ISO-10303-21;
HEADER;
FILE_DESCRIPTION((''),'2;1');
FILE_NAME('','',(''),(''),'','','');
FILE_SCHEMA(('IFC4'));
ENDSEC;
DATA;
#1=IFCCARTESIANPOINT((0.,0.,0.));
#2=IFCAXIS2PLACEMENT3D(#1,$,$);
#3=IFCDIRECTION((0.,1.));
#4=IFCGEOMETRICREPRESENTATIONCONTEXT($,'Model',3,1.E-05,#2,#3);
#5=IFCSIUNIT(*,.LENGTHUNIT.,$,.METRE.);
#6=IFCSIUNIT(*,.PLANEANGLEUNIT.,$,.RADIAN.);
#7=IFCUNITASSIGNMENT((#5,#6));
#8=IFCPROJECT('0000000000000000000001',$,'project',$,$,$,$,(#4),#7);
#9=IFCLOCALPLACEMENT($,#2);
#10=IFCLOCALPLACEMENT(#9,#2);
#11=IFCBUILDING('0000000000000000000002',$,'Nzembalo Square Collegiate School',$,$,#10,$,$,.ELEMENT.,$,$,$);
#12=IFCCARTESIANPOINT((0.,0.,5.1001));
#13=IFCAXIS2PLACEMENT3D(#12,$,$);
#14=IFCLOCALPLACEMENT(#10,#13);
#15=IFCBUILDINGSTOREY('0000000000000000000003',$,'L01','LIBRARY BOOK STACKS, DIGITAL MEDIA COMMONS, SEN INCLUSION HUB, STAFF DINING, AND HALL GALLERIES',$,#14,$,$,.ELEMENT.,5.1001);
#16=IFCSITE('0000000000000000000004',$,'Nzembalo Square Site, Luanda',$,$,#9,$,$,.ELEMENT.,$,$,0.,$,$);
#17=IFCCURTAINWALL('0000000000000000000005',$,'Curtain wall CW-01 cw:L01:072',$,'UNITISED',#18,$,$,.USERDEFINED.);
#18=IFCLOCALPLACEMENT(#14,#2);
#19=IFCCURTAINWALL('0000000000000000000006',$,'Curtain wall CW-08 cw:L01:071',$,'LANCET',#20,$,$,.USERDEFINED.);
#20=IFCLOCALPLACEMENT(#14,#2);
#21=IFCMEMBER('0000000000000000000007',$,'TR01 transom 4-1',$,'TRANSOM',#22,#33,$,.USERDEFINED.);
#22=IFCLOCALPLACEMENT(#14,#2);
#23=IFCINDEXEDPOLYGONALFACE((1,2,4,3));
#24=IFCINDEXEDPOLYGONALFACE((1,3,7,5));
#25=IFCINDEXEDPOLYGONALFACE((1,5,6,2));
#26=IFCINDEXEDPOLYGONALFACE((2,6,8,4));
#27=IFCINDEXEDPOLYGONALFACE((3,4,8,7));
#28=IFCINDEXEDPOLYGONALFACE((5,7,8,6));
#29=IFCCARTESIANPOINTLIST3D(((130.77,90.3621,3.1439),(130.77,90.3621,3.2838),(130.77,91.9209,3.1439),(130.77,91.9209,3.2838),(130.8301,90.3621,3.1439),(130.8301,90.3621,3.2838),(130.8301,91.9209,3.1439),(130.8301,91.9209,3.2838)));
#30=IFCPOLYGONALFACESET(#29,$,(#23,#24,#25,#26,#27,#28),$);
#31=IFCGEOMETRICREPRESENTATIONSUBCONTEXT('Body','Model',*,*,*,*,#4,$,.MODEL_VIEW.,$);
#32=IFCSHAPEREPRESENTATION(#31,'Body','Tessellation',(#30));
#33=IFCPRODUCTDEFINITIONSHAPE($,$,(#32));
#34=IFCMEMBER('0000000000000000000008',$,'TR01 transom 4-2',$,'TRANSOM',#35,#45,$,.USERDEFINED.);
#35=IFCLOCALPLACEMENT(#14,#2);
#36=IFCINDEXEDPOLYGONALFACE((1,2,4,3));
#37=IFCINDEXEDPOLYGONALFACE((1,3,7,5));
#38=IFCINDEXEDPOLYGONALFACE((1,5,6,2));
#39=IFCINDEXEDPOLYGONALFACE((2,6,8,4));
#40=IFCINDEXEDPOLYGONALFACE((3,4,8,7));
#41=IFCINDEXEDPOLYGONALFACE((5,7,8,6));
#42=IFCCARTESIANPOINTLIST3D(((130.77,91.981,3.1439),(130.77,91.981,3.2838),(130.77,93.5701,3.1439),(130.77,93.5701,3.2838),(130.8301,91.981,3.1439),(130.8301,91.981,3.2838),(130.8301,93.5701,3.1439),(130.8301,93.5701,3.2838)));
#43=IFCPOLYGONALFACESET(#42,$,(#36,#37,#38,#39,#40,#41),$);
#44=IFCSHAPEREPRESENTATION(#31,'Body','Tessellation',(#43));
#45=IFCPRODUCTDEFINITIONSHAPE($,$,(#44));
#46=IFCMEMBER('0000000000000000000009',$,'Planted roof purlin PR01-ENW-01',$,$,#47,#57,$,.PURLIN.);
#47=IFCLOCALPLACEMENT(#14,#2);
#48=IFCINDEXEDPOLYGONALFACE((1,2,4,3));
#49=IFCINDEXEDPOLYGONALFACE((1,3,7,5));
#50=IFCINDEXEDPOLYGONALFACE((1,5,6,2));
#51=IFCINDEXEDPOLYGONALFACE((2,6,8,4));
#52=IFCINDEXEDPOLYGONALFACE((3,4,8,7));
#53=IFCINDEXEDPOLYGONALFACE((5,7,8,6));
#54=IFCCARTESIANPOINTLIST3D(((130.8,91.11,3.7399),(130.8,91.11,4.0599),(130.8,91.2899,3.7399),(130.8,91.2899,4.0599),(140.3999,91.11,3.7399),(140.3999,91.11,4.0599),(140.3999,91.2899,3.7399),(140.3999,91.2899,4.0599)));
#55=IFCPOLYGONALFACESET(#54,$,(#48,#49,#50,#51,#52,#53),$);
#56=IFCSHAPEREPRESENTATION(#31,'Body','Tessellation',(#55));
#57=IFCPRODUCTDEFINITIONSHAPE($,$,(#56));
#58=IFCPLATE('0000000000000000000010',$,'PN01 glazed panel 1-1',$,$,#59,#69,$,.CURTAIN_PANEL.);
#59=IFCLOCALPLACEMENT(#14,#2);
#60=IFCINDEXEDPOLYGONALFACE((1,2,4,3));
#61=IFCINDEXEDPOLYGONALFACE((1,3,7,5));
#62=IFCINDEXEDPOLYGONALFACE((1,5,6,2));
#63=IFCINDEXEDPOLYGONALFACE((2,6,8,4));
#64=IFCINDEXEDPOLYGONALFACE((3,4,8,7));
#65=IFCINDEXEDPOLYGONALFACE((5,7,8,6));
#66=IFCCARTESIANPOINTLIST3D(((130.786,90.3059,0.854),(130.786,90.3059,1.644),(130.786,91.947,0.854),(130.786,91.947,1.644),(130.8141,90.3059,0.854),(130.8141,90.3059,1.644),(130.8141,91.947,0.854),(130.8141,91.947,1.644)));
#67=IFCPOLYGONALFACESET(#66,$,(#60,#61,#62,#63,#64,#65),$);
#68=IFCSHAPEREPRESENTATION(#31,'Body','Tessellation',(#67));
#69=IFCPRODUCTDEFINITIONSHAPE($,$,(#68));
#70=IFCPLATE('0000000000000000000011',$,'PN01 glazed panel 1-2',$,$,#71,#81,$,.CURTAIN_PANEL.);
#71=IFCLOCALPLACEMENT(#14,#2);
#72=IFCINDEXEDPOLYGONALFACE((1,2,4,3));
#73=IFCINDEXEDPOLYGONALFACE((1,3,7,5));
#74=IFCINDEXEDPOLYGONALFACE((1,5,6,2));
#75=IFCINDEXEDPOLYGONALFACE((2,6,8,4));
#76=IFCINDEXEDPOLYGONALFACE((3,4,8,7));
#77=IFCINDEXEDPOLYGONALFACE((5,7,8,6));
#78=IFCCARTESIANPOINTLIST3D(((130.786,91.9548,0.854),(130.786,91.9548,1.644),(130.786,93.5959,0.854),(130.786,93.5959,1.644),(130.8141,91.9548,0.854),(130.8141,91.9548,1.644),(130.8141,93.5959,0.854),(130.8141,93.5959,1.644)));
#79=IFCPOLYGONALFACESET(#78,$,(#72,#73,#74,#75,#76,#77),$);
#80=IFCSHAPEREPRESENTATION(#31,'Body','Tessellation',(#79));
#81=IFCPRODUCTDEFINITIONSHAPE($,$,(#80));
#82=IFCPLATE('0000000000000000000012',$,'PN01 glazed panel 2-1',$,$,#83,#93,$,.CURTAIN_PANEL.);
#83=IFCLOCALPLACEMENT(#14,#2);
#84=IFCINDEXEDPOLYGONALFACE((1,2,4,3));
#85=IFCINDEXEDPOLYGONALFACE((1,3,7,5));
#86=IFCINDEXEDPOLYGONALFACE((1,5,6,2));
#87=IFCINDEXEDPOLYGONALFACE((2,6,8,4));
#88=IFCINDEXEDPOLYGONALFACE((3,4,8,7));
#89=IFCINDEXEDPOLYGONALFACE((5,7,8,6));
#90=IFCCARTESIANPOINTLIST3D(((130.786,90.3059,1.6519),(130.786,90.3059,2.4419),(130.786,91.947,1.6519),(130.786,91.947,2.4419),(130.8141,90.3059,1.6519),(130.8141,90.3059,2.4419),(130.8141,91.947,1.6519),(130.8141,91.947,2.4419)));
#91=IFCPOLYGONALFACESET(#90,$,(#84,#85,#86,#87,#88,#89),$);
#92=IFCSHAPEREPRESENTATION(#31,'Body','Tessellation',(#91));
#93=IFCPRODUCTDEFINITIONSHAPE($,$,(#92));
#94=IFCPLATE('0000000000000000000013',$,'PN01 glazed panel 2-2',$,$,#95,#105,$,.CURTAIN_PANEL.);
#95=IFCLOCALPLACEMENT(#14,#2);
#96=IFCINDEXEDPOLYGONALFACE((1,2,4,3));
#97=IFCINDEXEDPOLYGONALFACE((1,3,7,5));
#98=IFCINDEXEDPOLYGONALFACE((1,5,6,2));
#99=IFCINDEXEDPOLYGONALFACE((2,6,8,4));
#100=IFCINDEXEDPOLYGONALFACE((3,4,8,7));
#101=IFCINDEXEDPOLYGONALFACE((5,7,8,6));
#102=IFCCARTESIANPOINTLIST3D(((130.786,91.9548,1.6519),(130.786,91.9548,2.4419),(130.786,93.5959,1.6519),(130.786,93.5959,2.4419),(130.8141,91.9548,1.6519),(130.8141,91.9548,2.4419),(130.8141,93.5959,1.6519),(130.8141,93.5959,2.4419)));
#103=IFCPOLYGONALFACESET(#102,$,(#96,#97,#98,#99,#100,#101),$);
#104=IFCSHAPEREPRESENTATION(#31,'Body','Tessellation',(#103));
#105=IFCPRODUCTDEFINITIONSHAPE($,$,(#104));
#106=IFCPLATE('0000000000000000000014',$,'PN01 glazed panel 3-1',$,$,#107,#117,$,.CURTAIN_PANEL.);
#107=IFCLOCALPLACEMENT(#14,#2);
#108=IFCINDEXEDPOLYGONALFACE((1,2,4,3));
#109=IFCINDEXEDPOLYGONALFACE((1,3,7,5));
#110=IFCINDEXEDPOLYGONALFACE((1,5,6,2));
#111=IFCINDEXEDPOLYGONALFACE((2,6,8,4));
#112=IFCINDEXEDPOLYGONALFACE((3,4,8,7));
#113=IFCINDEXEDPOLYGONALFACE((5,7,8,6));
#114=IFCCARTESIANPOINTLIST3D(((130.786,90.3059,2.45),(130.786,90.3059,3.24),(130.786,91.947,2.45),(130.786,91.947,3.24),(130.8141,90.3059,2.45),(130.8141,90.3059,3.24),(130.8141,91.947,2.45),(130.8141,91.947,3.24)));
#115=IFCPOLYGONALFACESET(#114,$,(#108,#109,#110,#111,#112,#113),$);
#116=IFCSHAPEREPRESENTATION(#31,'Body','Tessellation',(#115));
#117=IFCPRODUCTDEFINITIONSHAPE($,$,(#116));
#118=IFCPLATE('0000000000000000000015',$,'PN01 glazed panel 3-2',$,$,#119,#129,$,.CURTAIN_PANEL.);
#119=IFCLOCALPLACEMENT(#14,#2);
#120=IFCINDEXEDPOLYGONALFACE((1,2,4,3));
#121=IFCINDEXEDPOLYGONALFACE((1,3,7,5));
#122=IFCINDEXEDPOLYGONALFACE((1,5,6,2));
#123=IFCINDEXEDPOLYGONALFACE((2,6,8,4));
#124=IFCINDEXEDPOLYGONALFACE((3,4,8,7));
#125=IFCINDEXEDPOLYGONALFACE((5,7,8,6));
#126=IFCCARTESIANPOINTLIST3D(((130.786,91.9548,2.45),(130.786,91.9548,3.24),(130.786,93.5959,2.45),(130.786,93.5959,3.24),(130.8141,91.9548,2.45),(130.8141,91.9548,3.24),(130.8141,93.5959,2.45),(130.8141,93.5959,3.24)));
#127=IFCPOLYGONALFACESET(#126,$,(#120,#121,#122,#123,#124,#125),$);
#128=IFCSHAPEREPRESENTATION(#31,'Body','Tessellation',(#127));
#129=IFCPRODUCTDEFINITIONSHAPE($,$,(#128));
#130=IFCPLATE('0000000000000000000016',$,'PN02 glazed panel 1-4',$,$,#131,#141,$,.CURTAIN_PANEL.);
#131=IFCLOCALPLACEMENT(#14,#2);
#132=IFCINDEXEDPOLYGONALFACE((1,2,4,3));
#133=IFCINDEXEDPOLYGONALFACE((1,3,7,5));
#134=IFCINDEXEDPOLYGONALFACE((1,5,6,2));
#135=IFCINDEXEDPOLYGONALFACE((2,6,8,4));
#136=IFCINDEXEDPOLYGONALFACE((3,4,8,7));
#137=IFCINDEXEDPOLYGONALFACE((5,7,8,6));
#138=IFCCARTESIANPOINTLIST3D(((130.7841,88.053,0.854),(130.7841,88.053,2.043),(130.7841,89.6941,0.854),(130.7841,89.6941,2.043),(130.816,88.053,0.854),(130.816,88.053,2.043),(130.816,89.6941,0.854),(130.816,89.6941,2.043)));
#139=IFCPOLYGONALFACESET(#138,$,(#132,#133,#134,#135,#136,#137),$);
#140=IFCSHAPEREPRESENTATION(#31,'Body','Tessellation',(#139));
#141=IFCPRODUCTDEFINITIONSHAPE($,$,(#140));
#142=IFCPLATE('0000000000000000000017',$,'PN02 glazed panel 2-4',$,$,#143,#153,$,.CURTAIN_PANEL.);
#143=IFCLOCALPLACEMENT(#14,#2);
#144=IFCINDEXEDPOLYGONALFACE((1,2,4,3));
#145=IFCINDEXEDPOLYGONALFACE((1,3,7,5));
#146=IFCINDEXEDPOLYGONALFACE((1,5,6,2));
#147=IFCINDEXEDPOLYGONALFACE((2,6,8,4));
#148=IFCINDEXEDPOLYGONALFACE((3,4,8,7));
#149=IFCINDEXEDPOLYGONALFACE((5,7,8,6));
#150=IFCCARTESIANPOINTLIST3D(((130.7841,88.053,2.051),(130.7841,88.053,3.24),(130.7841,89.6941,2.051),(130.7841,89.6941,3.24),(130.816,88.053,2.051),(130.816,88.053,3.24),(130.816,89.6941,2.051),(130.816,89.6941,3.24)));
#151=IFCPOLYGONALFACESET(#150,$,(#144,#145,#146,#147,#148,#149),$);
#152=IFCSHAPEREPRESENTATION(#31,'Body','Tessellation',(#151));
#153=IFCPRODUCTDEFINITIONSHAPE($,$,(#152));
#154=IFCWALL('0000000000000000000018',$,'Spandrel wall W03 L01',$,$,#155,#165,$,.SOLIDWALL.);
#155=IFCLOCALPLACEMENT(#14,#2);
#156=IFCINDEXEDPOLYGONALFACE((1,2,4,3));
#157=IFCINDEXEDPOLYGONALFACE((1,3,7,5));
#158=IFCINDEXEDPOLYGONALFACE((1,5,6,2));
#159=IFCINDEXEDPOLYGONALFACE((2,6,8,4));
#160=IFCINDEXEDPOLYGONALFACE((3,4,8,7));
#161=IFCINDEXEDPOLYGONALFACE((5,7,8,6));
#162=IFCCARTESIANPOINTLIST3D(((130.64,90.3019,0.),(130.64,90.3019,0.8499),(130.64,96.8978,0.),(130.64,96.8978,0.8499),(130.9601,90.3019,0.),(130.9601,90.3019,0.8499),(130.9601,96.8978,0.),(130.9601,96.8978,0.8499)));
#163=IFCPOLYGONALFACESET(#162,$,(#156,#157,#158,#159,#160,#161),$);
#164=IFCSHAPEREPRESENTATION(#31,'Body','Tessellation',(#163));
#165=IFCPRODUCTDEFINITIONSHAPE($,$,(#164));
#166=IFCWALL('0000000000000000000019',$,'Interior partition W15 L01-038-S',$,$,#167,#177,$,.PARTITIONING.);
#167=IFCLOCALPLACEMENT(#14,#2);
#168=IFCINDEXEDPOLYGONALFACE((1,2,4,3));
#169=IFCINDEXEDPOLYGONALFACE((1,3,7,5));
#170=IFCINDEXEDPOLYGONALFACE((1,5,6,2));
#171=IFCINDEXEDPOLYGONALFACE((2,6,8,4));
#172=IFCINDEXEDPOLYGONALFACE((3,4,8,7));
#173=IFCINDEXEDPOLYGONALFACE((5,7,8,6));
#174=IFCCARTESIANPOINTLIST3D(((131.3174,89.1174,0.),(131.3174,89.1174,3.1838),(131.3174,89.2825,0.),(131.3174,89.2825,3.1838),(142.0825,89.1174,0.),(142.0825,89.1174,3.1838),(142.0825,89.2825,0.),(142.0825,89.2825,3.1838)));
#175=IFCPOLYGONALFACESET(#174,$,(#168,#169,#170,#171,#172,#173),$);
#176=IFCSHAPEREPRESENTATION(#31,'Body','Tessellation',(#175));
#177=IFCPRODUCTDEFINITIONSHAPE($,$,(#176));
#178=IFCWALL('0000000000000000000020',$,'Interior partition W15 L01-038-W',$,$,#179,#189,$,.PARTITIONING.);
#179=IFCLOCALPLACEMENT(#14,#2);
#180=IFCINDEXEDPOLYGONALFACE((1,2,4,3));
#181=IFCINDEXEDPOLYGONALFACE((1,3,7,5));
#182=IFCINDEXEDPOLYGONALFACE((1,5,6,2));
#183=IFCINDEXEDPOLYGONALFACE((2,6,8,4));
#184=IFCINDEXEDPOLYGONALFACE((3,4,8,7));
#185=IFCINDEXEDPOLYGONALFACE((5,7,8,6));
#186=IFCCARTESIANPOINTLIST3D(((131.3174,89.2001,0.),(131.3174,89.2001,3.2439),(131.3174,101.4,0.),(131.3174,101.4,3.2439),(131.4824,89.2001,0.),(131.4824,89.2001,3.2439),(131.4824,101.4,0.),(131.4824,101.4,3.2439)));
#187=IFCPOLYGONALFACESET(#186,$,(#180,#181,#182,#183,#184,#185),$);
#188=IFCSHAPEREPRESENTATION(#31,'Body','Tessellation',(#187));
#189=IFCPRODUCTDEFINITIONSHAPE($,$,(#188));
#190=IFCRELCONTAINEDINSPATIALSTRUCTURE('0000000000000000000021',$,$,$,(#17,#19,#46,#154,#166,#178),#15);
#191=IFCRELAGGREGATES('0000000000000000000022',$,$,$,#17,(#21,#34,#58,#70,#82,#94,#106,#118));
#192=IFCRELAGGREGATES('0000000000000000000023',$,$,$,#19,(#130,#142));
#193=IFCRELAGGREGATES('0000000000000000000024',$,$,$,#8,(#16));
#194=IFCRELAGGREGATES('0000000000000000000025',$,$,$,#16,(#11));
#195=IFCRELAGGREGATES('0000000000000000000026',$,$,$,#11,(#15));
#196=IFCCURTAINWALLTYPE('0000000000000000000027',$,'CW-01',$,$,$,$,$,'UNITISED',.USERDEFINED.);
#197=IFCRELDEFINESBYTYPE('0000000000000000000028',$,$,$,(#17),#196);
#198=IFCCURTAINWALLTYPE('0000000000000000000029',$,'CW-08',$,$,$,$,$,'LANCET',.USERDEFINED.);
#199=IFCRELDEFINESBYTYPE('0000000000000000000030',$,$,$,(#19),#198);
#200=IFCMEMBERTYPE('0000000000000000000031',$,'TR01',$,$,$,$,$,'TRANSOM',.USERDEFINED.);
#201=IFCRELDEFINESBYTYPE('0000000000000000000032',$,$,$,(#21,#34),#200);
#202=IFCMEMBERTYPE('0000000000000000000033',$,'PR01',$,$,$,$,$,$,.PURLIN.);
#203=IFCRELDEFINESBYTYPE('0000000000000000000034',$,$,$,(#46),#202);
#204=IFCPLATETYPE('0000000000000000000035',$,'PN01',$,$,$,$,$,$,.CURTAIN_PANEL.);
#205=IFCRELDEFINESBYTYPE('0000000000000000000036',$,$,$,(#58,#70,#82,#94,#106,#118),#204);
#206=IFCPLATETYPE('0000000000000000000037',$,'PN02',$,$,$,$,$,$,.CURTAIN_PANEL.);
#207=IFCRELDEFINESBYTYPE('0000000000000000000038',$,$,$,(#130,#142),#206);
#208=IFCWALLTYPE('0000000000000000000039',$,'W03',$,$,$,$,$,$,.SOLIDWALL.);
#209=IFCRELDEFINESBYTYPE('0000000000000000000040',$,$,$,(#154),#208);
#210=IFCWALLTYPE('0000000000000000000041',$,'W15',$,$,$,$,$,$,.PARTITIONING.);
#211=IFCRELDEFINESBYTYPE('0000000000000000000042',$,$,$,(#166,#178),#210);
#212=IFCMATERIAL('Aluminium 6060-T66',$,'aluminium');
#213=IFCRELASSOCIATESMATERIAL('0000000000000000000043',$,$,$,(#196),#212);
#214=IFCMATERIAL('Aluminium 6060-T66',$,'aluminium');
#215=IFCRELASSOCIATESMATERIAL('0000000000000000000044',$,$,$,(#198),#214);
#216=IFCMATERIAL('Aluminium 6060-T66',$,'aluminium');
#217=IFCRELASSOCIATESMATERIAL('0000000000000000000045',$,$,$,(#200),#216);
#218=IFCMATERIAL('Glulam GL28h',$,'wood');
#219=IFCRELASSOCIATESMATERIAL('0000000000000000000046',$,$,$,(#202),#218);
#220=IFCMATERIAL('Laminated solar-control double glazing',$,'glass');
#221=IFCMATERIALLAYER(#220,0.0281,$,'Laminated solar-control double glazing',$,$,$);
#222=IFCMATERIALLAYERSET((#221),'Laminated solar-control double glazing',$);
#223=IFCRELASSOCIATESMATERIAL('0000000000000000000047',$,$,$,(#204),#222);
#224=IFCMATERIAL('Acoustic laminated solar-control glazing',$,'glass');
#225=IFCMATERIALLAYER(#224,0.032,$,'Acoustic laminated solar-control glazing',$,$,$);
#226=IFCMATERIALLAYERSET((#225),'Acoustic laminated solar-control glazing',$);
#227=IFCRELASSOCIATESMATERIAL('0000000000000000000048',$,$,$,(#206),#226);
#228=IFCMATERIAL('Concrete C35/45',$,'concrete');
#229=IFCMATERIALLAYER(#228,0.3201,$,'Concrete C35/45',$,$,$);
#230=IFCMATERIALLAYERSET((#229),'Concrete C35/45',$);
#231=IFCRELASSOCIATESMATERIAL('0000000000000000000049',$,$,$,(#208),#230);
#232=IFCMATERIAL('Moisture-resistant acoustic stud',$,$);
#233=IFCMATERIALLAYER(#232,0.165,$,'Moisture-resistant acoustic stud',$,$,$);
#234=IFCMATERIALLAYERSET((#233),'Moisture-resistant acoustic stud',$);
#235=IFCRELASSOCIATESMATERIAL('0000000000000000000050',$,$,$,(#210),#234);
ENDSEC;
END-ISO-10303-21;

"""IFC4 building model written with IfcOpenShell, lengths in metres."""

from ifc_helpers import new_model, si_unit, direction, frame, frame_2d, origin, origin_2d, place, context, subcontext, project, spatial, rectangle, extrude, material, layer, layer_set, material_profile, profile_set, type_object, element, aggregate, save


model = new_model("IFC4")

# Units and contexts
model_context = context("Model", 3, precision=1e-05, world=origin(), true_north=direction((0.0, 1.0)))
body_context = subcontext(model_context, "Body", "Model", "MODEL_VIEW")
ifc_project = project(units=[si_unit("LENGTHUNIT", "METRE"), si_unit("PLANEANGLEUNIT", "RADIAN")], contexts=[model_context])

# Site, building, storey
site_placement = place(None, origin())
site = spatial("IfcSite", under=ifc_project, at=site_placement, Name="Nzembalo Square Site, Luanda", CompositionType="ELEMENT", RefElevation=0.0)
building_placement = place(site_placement, origin())
building = spatial("IfcBuilding", under=site, at=building_placement, Name="Nzembalo Square Collegiate School", CompositionType="ELEMENT")
storey_placement = place(building_placement, frame((0.0, 0.0, 5.1001)))
storey = spatial("IfcBuildingStorey", under=building, at=storey_placement, Name="L01", Description="LIBRARY BOOK STACKS, DIGITAL MEDIA COMMONS, SEN INCLUSION HUB, STAFF DINING, AND HALL GALLERIES", CompositionType="ELEMENT", Elevation=5.1001)

# Curtain wall
ifc_material_1 = material(Name="Aluminium 6060-T66", Category="aluminium")
curtain_wall_type_1 = type_object("IfcCurtainWallType", Name="CW-01", ElementType="UNITISED", PredefinedType="USERDEFINED", material=ifc_material_1)
curtain_wall_1_placement = place(storey_placement, origin())
curtain_wall_1 = element("IfcCurtainWall", 1, at=curtain_wall_1_placement, inside=storey, type_object=curtain_wall_type_1, Name="Curtain wall CW-01 cw:L01:072", ObjectType="UNITISED", PredefinedType="USERDEFINED")

# Curtain wall
ifc_material_2 = material(Name="Aluminium 6060-T66", Category="aluminium")
curtain_wall_type_2 = type_object("IfcCurtainWallType", Name="CW-08", ElementType="LANCET", PredefinedType="USERDEFINED", material=ifc_material_2)
curtain_wall_2_placement = place(storey_placement, origin())
curtain_wall_2 = element("IfcCurtainWall", 2, at=curtain_wall_2_placement, inside=storey, type_object=curtain_wall_type_2, Name="Curtain wall CW-08 cw:L01:071", ObjectType="LANCET", PredefinedType="USERDEFINED")

# Members
ifc_material_3 = material(Name="Aluminium 6060-T66", Category="aluminium")
ifc_material_profile_1 = material_profile(ifc_material_3, rectangle(XDim=0.0601, YDim=0.1399, at=origin_2d()), Name="ALU T60x140")
ifc_profile_set_1 = profile_set([ifc_material_profile_1], Name="Aluminium 6060-T66")
member_type_1 = type_object("IfcMemberType", Name="TR01", ElementType="TRANSOM", PredefinedType="USERDEFINED", material=ifc_profile_set_1)
member_1_placement = place(storey_placement, frame((130.8, 90.3621, 3.2139), z_axis=(0.0, 1.0, 0.0), x_axis=(-1.0, 0.0, 0.0)))
member_1 = element("IfcMember", 3, at=member_1_placement, type_object=member_type_1, Name="TR01 transom 4-1", ObjectType="TRANSOM", PredefinedType="USERDEFINED", context=body_context, shape_type="SweptSolid", body=[
    extrude(rectangle(XDim=0.0601, YDim=0.1399, at=origin_2d()), origin(), (0.0, 0.0, 1.0), 1.5588),
])
member_2_placement = place(storey_placement, frame((130.8, 91.981, 3.2139), z_axis=(0.0, 1.0, 0.0), x_axis=(-1.0, 0.0, 0.0)))
member_2 = element("IfcMember", 4, at=member_2_placement, type_object=member_type_1, Name="TR01 transom 4-2", ObjectType="TRANSOM", PredefinedType="USERDEFINED", context=body_context, shape_type="SweptSolid", body=[
    extrude(rectangle(XDim=0.0601, YDim=0.1399, at=origin_2d()), origin(), (0.0, 0.0, 1.0), 1.5891),
])
ifc_material_4 = material(Name="Glulam GL28h", Category="wood")
ifc_material_profile_2 = material_profile(ifc_material_4, rectangle(XDim=0.1799, YDim=0.3201, at=origin_2d()), Name="GL28h 180x320")
ifc_profile_set_2 = profile_set([ifc_material_profile_2], Name="Glulam GL28h")
member_type_2 = type_object("IfcMemberType", Name="PR01", PredefinedType="PURLIN", material=ifc_profile_set_2)
member_3_placement = place(storey_placement, frame((130.8, 91.2, 3.8999), z_axis=(1.0, 0.0, 0.0), x_axis=(0.0, 1.0, 0.0)))
element("IfcMember", 5, at=member_3_placement, inside=storey, type_object=member_type_2, Name="Planted roof purlin PR01-ENW-01", PredefinedType="PURLIN", context=body_context, shape_type="SweptSolid", body=[
    extrude(rectangle(XDim=0.1799, YDim=0.3201, at=origin_2d()), origin(), (0.0, 0.0, 1.0), 9.5999),
])

# Plates
ifc_material_5 = material(Name="Laminated solar-control double glazing", Category="glass")
ifc_layer_1 = layer(ifc_material_5, 0.0281, Name="Laminated solar-control double glazing")
ifc_layer_set_1 = layer_set([ifc_layer_1], Name="Laminated solar-control double glazing")
plate_type_1 = type_object("IfcPlateType", Name="PN01", PredefinedType="CURTAIN_PANEL", material=ifc_layer_set_1)
plate_1_placement = place(storey_placement, frame((130.8, 91.1265, 0.854), z_axis=(0.0, 0.0, 1.0), x_axis=(0.0, 1.0, 0.0)))
plate_1 = element("IfcPlate", 6, at=plate_1_placement, type_object=plate_type_1, Name="PN01 glazed panel 1-1", PredefinedType="CURTAIN_PANEL", context=body_context, shape_type="SweptSolid", body=[
    extrude(rectangle(XDim=1.6411, YDim=0.0281, at=origin_2d()), origin(), (0.0, 0.0, 1.0), 0.79),
])
plate_2_placement = place(storey_placement, frame((130.8, 92.7754, 0.854), z_axis=(0.0, 0.0, 1.0), x_axis=(0.0, 1.0, 0.0)))
plate_2 = element("IfcPlate", 7, at=plate_2_placement, type_object=plate_type_1, Name="PN01 glazed panel 1-2", PredefinedType="CURTAIN_PANEL", context=body_context, shape_type="SweptSolid", body=[
    extrude(rectangle(XDim=1.6411, YDim=0.0281, at=origin_2d()), origin(), (0.0, 0.0, 1.0), 0.79),
])
plate_3_placement = place(storey_placement, frame((130.8, 91.1265, 1.6519), z_axis=(0.0, 0.0, 1.0), x_axis=(0.0, 1.0, 0.0)))
plate_3 = element("IfcPlate", 8, at=plate_3_placement, type_object=plate_type_1, Name="PN01 glazed panel 2-1", PredefinedType="CURTAIN_PANEL", context=body_context, shape_type="SweptSolid", body=[
    extrude(rectangle(XDim=1.6411, YDim=0.0281, at=origin_2d()), origin(), (0.0, 0.0, 1.0), 0.79),
])
plate_4_placement = place(storey_placement, frame((130.8, 92.7754, 1.6519), z_axis=(0.0, 0.0, 1.0), x_axis=(0.0, 1.0, 0.0)))
plate_4 = element("IfcPlate", 9, at=plate_4_placement, type_object=plate_type_1, Name="PN01 glazed panel 2-2", PredefinedType="CURTAIN_PANEL", context=body_context, shape_type="SweptSolid", body=[
    extrude(rectangle(XDim=1.6411, YDim=0.0281, at=origin_2d()), origin(), (0.0, 0.0, 1.0), 0.79),
])
plate_5_placement = place(storey_placement, frame((130.8, 91.1265, 2.45), z_axis=(0.0, 0.0, 1.0), x_axis=(0.0, 1.0, 0.0)))
plate_5 = element("IfcPlate", 10, at=plate_5_placement, type_object=plate_type_1, Name="PN01 glazed panel 3-1", PredefinedType="CURTAIN_PANEL", context=body_context, shape_type="SweptSolid", body=[
    extrude(rectangle(XDim=1.6411, YDim=0.0281, at=origin_2d()), origin(), (0.0, 0.0, 1.0), 0.79),
])
plate_6_placement = place(storey_placement, frame((130.8, 92.7754, 2.45), z_axis=(0.0, 0.0, 1.0), x_axis=(0.0, 1.0, 0.0)))
plate_6 = element("IfcPlate", 11, at=plate_6_placement, type_object=plate_type_1, Name="PN01 glazed panel 3-2", PredefinedType="CURTAIN_PANEL", context=body_context, shape_type="SweptSolid", body=[
    extrude(rectangle(XDim=1.6411, YDim=0.0281, at=origin_2d()), origin(), (0.0, 0.0, 1.0), 0.79),
])
aggregate(curtain_wall_1, [member_1, member_2, plate_1, plate_2, plate_3, plate_4, plate_5, plate_6])
ifc_material_6 = material(Name="Acoustic laminated solar-control glazing", Category="glass")
ifc_layer_2 = layer(ifc_material_6, 0.032, Name="Acoustic laminated solar-control glazing")
ifc_layer_set_2 = layer_set([ifc_layer_2], Name="Acoustic laminated solar-control glazing")
plate_type_2 = type_object("IfcPlateType", Name="PN02", PredefinedType="CURTAIN_PANEL", material=ifc_layer_set_2)
plate_7_placement = place(storey_placement, frame((130.8, 88.8735, 0.854), z_axis=(0.0, 0.0, 1.0), x_axis=(0.0, 1.0, 0.0)))
plate_7 = element("IfcPlate", 12, at=plate_7_placement, type_object=plate_type_2, Name="PN02 glazed panel 1-4", PredefinedType="CURTAIN_PANEL", context=body_context, shape_type="SweptSolid", body=[
    extrude(rectangle(XDim=1.6411, YDim=0.032, at=origin_2d()), origin(), (0.0, 0.0, 1.0), 1.189),
])
plate_8_placement = place(storey_placement, frame((130.8, 88.8735, 2.051), z_axis=(0.0, 0.0, 1.0), x_axis=(0.0, 1.0, 0.0)))
plate_8 = element("IfcPlate", 13, at=plate_8_placement, type_object=plate_type_2, Name="PN02 glazed panel 2-4", PredefinedType="CURTAIN_PANEL", context=body_context, shape_type="SweptSolid", body=[
    extrude(rectangle(XDim=1.6411, YDim=0.032, at=origin_2d()), origin(), (0.0, 0.0, 1.0), 1.189),
])
aggregate(curtain_wall_2, [plate_7, plate_8])

# Walls
ifc_material_7 = material(Name="Concrete C35/45", Category="concrete")
ifc_layer_3 = layer(ifc_material_7, 0.3201, Name="Concrete C35/45")
ifc_layer_set_3 = layer_set([ifc_layer_3], Name="Concrete C35/45")
wall_type_1 = type_object("IfcWallType", Name="W03", PredefinedType="SOLIDWALL", material=ifc_layer_set_3)
wall_1_placement = place(storey_placement, frame((130.8, 90.302, 0.0), z_axis=(0.0, 0.0, 1.0), x_axis=(0.0, 1.0, 0.0)))
element("IfcWall", 14, at=wall_1_placement, inside=storey, type_object=wall_type_1, Name="Spandrel wall W03 L01", PredefinedType="SOLIDWALL", context=body_context, shape_type="SweptSolid", body=[
    extrude(rectangle(XDim=6.5959, YDim=0.3201, at=frame_2d((3.2979, 0.0))), origin(), (0.0, 0.0, 1.0), 0.8499),
])
ifc_material_8 = material(Name="Moisture-resistant acoustic stud")
ifc_layer_4 = layer(ifc_material_8, 0.165, Name="Moisture-resistant acoustic stud")
ifc_layer_set_4 = layer_set([ifc_layer_4], Name="Moisture-resistant acoustic stud")
wall_type_2 = type_object("IfcWallType", Name="W15", PredefinedType="PARTITIONING", material=ifc_layer_set_4)
wall_2_placement = place(storey_placement, frame((131.3174, 89.2, 0.0), z_axis=(0.0, 0.0, 1.0), x_axis=(1.0, 0.0, 0.0)))
element("IfcWall", 15, at=wall_2_placement, inside=storey, type_object=wall_type_2, Name="Interior partition W15 L01-038-S", PredefinedType="PARTITIONING", context=body_context, shape_type="SweptSolid", body=[
    extrude(rectangle(XDim=10.7651, YDim=0.165, at=frame_2d((5.3826, 0.0))), origin(), (0.0, 0.0, 1.0), 3.1838),
])
wall_3_placement = place(storey_placement, frame((131.3999, 89.2, 0.0), z_axis=(0.0, 0.0, 1.0), x_axis=(0.0, 1.0, 0.0)))
element("IfcWall", 16, at=wall_3_placement, inside=storey, type_object=wall_type_2, Name="Interior partition W15 L01-038-W", PredefinedType="PARTITIONING", context=body_context, shape_type="SweptSolid", body=[
    extrude(rectangle(XDim=12.2, YDim=0.165, at=frame_2d((6.1001, 0.0))), origin(), (0.0, 0.0, 1.0), 3.2439),
])

save(model, "model.ifc")
